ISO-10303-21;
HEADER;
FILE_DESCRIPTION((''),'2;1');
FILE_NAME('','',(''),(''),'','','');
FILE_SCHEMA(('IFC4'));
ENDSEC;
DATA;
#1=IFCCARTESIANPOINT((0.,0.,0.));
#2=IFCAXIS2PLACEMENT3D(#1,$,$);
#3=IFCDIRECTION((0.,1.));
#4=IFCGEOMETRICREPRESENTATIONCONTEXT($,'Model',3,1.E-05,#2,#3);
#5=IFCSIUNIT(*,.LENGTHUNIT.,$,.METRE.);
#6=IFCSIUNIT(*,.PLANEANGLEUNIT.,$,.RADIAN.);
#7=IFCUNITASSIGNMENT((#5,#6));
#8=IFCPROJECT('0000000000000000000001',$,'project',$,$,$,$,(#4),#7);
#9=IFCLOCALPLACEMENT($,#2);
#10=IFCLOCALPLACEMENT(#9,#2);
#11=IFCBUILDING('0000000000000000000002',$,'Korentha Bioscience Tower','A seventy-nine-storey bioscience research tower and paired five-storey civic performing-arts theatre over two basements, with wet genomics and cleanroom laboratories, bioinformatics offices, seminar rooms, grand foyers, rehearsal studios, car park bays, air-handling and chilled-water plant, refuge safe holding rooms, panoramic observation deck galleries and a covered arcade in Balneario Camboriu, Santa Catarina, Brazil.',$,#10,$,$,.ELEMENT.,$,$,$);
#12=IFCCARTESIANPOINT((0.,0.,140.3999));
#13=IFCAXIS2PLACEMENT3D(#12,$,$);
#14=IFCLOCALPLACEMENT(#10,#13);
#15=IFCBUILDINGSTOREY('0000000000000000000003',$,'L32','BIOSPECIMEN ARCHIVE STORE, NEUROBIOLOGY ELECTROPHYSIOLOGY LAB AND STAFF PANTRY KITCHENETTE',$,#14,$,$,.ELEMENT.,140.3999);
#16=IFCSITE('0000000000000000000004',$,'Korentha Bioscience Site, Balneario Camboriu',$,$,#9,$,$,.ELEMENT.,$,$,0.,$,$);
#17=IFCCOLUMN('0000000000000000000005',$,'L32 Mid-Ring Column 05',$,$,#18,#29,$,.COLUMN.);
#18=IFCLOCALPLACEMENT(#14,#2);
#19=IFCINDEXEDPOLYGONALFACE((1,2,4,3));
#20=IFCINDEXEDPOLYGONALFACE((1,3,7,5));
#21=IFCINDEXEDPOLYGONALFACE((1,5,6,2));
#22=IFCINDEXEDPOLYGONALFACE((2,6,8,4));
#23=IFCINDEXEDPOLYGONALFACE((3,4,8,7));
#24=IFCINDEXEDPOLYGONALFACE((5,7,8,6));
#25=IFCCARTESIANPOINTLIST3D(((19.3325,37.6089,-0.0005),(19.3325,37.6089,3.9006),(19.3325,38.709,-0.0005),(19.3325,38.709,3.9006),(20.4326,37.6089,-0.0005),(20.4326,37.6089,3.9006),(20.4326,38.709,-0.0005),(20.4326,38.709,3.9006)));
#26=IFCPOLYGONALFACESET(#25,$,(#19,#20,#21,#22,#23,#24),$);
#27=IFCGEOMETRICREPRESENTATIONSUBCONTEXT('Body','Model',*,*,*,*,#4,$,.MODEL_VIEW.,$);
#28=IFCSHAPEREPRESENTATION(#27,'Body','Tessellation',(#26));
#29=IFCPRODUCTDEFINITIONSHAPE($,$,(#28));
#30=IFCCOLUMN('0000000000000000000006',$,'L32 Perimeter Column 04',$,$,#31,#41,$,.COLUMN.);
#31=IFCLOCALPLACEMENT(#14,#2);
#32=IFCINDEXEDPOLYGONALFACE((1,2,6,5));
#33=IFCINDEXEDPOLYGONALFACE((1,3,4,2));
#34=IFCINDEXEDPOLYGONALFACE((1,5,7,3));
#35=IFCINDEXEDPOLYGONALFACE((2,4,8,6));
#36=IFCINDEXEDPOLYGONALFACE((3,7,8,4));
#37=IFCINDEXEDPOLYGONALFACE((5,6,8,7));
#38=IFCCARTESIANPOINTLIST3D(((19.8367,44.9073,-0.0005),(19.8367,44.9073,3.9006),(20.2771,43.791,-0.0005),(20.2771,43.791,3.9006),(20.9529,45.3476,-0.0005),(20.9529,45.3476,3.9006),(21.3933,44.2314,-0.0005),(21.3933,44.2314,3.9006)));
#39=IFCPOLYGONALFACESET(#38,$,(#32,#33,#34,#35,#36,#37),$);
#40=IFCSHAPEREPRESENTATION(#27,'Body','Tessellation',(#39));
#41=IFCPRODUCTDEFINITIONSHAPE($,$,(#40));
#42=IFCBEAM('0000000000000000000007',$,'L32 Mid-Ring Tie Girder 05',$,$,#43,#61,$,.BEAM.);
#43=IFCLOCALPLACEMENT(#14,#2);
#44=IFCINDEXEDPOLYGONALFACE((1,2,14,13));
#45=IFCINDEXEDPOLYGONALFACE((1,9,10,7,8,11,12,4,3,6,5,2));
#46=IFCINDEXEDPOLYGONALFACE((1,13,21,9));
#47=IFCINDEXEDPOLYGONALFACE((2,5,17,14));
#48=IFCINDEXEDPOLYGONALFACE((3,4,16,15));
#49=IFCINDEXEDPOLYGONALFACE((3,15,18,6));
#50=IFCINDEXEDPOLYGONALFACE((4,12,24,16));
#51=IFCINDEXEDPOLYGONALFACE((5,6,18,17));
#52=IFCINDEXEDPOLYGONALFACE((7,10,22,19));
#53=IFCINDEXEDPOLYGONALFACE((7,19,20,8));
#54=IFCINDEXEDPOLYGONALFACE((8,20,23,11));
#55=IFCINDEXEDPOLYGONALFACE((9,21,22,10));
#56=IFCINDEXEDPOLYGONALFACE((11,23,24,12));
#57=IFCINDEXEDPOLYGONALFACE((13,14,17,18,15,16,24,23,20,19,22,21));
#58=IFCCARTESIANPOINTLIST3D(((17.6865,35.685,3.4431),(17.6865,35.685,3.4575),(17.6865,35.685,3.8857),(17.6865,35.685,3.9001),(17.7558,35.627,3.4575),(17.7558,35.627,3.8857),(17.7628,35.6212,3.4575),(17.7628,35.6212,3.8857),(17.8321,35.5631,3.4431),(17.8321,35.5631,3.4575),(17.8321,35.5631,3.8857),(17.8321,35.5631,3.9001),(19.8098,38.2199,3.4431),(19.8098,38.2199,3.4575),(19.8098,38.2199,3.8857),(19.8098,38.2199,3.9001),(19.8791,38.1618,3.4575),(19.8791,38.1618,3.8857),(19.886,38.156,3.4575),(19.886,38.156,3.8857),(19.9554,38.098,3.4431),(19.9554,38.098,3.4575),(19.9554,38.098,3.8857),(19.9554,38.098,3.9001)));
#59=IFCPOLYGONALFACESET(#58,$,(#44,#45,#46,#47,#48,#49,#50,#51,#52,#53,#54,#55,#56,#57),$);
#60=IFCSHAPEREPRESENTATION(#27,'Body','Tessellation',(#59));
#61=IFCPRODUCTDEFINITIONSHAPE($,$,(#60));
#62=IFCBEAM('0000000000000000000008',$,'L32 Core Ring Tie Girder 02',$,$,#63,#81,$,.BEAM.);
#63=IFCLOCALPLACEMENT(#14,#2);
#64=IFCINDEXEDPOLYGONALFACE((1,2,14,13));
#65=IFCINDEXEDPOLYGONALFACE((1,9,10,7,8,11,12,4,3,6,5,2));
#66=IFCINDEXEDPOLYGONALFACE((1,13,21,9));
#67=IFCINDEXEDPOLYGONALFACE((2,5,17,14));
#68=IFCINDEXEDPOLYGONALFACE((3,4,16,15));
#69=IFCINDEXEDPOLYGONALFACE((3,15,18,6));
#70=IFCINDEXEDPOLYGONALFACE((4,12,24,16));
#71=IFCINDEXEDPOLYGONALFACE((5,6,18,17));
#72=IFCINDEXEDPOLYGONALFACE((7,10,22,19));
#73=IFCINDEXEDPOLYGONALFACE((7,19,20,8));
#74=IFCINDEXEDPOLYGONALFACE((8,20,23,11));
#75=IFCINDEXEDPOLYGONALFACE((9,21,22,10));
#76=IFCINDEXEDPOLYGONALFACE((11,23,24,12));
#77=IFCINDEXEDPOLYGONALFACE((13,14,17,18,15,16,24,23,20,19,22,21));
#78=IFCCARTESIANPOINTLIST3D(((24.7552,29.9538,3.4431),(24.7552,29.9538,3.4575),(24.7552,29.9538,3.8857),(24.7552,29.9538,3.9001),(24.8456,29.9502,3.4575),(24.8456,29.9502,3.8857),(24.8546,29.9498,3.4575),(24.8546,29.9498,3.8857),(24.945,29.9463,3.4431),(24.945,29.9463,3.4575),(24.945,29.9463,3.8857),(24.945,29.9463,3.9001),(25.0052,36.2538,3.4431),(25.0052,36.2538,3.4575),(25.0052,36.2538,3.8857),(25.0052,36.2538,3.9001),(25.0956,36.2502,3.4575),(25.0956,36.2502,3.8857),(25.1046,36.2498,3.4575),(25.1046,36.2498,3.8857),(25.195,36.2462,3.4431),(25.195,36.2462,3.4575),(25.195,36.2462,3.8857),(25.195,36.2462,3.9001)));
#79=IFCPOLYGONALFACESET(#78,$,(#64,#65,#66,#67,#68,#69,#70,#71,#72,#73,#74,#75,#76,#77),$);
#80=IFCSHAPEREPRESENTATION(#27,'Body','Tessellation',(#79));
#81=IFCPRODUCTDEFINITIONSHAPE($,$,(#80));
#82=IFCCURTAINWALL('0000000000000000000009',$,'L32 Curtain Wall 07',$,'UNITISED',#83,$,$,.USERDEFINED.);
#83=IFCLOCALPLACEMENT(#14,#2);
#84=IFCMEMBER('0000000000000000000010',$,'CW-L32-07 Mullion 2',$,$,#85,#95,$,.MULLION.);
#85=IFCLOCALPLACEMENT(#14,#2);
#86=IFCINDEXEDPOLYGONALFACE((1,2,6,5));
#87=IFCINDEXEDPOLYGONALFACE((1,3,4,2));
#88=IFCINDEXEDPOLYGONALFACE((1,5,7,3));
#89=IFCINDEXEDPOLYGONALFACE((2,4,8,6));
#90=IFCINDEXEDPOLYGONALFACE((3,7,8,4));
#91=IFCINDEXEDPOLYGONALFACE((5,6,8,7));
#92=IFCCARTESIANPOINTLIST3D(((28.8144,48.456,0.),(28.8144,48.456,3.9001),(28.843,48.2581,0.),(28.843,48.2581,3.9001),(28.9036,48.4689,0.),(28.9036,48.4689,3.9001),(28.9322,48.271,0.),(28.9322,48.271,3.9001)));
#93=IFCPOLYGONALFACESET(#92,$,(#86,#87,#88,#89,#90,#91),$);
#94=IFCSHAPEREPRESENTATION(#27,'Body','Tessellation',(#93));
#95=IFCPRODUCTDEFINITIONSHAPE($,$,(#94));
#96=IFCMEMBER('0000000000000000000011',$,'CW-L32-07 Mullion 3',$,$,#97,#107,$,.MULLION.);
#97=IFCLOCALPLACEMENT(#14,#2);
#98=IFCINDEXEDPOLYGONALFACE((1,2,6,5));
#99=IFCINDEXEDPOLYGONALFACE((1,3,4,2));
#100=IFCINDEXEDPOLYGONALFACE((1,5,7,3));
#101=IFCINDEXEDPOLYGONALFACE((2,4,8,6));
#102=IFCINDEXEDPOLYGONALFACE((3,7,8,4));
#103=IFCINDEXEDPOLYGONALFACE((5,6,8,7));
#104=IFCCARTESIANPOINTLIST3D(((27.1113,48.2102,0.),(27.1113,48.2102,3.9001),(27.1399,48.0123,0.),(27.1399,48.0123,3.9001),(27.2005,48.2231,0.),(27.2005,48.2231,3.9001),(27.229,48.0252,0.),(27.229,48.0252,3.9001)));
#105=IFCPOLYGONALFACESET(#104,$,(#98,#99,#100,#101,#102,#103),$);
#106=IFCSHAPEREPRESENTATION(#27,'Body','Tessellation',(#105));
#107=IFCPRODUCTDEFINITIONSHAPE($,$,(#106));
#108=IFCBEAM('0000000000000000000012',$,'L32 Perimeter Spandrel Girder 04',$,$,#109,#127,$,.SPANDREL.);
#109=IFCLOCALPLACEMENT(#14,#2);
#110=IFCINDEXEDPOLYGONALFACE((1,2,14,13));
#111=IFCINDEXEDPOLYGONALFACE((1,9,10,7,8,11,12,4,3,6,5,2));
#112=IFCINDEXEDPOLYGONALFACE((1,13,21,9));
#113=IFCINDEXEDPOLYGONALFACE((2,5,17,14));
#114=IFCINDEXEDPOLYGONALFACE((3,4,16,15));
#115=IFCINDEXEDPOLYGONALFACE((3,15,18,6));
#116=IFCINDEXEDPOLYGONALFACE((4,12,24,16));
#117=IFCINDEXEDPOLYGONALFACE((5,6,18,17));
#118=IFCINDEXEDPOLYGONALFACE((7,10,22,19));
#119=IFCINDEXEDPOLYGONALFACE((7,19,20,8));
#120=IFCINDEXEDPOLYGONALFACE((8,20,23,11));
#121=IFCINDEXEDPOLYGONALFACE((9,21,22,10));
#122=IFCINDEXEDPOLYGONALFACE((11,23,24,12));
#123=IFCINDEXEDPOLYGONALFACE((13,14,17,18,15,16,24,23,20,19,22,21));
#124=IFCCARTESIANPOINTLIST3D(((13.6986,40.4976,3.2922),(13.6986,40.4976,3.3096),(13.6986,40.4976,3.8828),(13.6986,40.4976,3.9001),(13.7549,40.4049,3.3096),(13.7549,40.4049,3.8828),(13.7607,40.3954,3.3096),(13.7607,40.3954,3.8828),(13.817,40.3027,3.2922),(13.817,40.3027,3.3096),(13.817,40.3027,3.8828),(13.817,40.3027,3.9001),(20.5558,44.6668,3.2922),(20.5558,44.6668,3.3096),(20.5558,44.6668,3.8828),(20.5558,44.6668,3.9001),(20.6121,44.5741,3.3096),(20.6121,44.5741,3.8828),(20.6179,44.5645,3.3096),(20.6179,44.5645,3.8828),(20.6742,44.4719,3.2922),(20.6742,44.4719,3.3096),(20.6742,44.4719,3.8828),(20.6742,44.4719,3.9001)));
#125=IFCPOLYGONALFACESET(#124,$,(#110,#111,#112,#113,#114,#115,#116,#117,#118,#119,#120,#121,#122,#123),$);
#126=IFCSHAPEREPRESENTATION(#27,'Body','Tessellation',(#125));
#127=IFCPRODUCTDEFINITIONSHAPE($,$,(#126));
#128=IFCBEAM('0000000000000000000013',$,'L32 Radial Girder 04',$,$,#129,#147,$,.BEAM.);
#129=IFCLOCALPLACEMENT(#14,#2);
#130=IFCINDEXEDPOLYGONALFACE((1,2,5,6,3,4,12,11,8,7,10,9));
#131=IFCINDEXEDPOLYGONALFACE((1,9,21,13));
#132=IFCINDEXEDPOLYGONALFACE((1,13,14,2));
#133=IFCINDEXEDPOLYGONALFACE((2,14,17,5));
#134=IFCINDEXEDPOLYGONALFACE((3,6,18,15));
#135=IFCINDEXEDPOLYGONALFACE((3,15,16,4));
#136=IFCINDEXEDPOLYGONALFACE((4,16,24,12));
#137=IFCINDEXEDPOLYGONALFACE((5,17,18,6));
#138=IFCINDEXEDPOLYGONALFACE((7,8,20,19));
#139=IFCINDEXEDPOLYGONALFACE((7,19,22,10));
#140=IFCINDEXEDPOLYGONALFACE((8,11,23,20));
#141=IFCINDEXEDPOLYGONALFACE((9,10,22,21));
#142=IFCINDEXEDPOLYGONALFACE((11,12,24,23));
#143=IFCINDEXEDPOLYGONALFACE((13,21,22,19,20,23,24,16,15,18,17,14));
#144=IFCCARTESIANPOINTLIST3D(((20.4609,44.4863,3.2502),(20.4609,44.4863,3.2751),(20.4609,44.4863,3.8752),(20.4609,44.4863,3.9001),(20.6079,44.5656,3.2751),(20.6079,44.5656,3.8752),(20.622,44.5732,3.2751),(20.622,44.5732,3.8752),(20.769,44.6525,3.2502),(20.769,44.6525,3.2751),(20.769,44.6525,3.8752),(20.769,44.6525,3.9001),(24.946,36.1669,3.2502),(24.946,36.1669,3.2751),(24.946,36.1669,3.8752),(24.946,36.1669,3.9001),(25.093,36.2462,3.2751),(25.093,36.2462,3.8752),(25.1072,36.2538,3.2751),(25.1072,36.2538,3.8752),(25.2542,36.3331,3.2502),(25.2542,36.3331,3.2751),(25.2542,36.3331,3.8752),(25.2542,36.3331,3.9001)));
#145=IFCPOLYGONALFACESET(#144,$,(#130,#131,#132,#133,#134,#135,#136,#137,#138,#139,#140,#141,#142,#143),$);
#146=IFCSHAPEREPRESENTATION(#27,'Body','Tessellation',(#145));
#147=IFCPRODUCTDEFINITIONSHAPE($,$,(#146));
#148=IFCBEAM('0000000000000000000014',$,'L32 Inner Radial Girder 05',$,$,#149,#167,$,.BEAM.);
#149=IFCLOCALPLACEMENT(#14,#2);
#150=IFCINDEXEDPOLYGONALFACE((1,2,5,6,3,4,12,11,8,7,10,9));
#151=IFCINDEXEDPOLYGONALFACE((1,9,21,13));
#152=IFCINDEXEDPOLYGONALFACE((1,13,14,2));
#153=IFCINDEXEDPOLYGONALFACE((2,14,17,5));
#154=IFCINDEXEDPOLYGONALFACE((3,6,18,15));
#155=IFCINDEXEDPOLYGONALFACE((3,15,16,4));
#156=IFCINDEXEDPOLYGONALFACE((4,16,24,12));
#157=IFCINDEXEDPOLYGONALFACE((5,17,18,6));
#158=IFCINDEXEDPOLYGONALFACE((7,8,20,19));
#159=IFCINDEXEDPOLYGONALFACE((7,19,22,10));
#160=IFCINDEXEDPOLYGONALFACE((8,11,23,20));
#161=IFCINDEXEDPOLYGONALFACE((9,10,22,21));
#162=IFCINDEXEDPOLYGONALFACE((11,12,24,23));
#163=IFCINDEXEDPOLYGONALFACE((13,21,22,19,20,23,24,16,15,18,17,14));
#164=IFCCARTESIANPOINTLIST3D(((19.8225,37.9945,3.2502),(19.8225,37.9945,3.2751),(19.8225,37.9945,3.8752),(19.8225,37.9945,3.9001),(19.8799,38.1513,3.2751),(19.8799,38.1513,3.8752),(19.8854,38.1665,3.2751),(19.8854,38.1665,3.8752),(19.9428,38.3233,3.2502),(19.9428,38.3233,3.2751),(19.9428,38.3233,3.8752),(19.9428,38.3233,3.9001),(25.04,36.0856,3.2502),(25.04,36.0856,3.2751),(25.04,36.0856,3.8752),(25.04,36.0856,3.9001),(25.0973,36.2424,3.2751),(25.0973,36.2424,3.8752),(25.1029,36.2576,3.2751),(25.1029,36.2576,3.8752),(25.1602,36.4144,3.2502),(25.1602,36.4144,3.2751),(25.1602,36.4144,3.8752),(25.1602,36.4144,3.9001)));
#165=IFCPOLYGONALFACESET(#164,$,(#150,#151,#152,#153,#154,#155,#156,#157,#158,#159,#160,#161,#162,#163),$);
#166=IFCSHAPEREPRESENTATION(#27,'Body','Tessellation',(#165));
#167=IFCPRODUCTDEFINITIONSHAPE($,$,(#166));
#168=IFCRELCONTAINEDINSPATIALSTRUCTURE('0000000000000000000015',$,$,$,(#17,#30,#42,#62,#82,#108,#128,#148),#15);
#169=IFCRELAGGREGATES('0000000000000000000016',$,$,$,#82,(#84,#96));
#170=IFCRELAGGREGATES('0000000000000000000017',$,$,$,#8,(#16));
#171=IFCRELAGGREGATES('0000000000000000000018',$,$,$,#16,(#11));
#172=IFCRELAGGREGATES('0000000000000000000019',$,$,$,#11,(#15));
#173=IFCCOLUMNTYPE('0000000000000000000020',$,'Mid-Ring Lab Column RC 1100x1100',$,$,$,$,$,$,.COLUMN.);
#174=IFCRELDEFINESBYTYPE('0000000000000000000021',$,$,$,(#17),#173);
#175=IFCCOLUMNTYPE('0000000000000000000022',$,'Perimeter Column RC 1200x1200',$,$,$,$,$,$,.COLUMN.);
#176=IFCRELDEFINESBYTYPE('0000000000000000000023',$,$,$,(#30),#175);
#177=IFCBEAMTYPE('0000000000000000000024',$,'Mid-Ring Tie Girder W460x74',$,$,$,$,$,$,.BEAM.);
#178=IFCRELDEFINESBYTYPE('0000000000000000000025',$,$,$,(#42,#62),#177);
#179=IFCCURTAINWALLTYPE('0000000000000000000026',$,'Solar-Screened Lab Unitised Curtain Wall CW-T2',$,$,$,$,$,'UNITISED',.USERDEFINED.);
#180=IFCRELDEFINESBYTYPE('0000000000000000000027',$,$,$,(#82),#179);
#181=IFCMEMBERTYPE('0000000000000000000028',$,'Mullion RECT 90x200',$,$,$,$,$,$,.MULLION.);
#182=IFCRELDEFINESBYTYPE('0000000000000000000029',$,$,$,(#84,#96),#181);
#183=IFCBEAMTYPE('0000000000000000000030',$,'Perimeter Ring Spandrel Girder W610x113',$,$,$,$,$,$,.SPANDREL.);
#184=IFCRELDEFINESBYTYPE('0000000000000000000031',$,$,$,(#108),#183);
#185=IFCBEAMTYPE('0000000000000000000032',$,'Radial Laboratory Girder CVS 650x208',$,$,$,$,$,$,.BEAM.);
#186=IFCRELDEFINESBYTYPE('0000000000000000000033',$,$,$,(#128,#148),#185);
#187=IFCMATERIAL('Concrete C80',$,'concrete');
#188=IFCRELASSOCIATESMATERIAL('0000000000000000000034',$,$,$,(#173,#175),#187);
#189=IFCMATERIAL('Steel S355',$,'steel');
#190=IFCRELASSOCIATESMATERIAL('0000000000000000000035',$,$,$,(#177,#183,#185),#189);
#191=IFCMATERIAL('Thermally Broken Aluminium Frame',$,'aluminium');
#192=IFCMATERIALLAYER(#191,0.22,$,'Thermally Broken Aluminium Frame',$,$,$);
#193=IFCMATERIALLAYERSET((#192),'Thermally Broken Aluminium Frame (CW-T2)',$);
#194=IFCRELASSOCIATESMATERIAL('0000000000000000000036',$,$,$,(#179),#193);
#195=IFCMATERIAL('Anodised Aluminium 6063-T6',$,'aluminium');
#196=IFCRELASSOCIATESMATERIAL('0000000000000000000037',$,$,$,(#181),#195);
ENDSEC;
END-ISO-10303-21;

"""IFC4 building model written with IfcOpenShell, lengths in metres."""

from ifc_helpers import new_model, si_unit, direction, frame, origin, origin_2d, place, context, subcontext, project, spatial, rectangle, i_section, extrude, material, layer, layer_set, material_profile, profile_set, type_object, element, aggregate, save


model = new_model("IFC4")

# Units and contexts
model_context = context("Model", 3, precision=1e-05, world=origin(), true_north=direction((0.0, 1.0)))
body_context = subcontext(model_context, "Body", "Model", "MODEL_VIEW")
ifc_project = project(units=[si_unit("LENGTHUNIT", "METRE"), si_unit("PLANEANGLEUNIT", "RADIAN")], contexts=[model_context])

# Site, building, storey
site_placement = place(None, origin())
site = spatial("IfcSite", under=ifc_project, at=site_placement, Name="Korentha Bioscience Site, Balneario Camboriu", CompositionType="ELEMENT", RefElevation=0.0)
building_placement = place(site_placement, origin())
building = spatial("IfcBuilding", under=site, at=building_placement, Name="Korentha Bioscience Tower", Description="A seventy-nine-storey bioscience research tower and paired five-storey civic performing-arts theatre over two basements, with wet genomics and cleanroom laboratories, bioinformatics offices, seminar rooms, grand foyers, rehearsal studios, car park bays, air-handling and chilled-water plant, refuge safe holding rooms, panoramic observation deck galleries and a covered arcade in Balneario Camboriu, Santa Catarina, Brazil.", CompositionType="ELEMENT")
storey_placement = place(building_placement, frame((0.0, 0.0, 140.3999)))
storey = spatial("IfcBuildingStorey", under=building, at=storey_placement, Name="L32", Description="BIOSPECIMEN ARCHIVE STORE, NEUROBIOLOGY ELECTROPHYSIOLOGY LAB AND STAFF PANTRY KITCHENETTE", CompositionType="ELEMENT", Elevation=140.3999)

# Columns
ifc_material_1 = material(Name="Concrete C80", Category="concrete")
ifc_material_profile_1 = material_profile(ifc_material_1, rectangle(XDim=1.1001, YDim=1.1001, at=origin_2d()), Name="Concrete C80")
ifc_profile_set_1 = profile_set([ifc_material_profile_1], Name="Concrete C80 (COL-MR11)")
column_type_1 = type_object("IfcColumnType", Name="Mid-Ring Lab Column RC 1100x1100", PredefinedType="COLUMN", material=ifc_profile_set_1)
column_1_placement = place(storey_placement, frame((19.8826, 38.1589, -0.0005), z_axis=(0.0, 0.0, 1.0), x_axis=(1.0, 0.0, 0.0)))
element("IfcColumn", 1, at=column_1_placement, inside=storey, type_object=column_type_1, Name="L32 Mid-Ring Column 05", PredefinedType="COLUMN", context=body_context, shape_type="SweptSolid", body=[
    extrude(rectangle(XDim=1.1001, YDim=1.1001, at=origin_2d()), origin(), (0.0, 0.0, 1.0), 3.9011),
])
ifc_material_profile_2 = material_profile(ifc_material_1, rectangle(XDim=1.2, YDim=1.2, at=origin_2d()), Name="Concrete C80")
ifc_profile_set_2 = profile_set([ifc_material_profile_2], Name="Concrete C80 (COL-P12)")
column_type_2 = type_object("IfcColumnType", Name="Perimeter Column RC 1200x1200", PredefinedType="COLUMN", material=ifc_profile_set_2)
column_2_placement = place(storey_placement, frame((20.615, 44.5693, -0.0005), z_axis=(0.0, 0.0, 1.0), x_axis=(0.930226, 0.366988, 0.0)))
element("IfcColumn", 2, at=column_2_placement, inside=storey, type_object=column_type_2, Name="L32 Perimeter Column 04", PredefinedType="COLUMN", context=body_context, shape_type="SweptSolid", body=[
    extrude(rectangle(XDim=1.2, YDim=1.2, at=origin_2d()), origin(), (0.0, 0.0, 1.0), 3.9011),
])

# Beams
ifc_material_2 = material(Name="Steel S355", Category="steel")
ifc_material_profile_3 = material_profile(ifc_material_2, i_section(OverallWidth=0.1899, OverallDepth=0.457, WebThickness=0.009, FlangeThickness=0.0144, at=origin_2d()), Name="Steel S355")
ifc_profile_set_3 = profile_set([ifc_material_profile_3], Name="Steel S355 (MB-460)")
beam_type_1 = type_object("IfcBeamType", Name="Mid-Ring Tie Girder W460x74", PredefinedType="BEAM", material=ifc_profile_set_3)
beam_1_placement = place(storey_placement, frame((19.8826, 38.1589, 3.6716), z_axis=(-0.642121, -0.766603, 0.0), x_axis=(0.766603, -0.642121, 0.0)))
element("IfcBeam", 3, at=beam_1_placement, inside=storey, type_object=beam_type_1, Name="L32 Mid-Ring Tie Girder 05", PredefinedType="BEAM", context=body_context, shape_type="SweptSolid", body=[
    extrude(i_section(OverallWidth=0.1899, OverallDepth=0.457, WebThickness=0.009, FlangeThickness=0.0144, at=origin_2d()), origin(), (0.0, 0.0, 1.0), 3.3066),
])
beam_2_placement = place(storey_placement, frame((25.1001, 36.25, 3.6716), z_axis=(-0.039651, -0.999214, 0.0), x_axis=(0.999214, -0.039651, 0.0)))
element("IfcBeam", 4, at=beam_2_placement, inside=storey, type_object=beam_type_1, Name="L32 Core Ring Tie Girder 02", PredefinedType="BEAM", context=body_context, shape_type="SweptSolid", body=[
    extrude(i_section(OverallWidth=0.1899, OverallDepth=0.457, WebThickness=0.009, FlangeThickness=0.0144, at=origin_2d()), origin(), (0.0, 0.0, 1.0), 6.3049),
])

# Curtain wall, members
ifc_material_3 = material(Name="Thermally Broken Aluminium Frame", Category="aluminium")
ifc_layer_1 = layer(ifc_material_3, 0.22, Name="Thermally Broken Aluminium Frame")
ifc_layer_set_1 = layer_set([ifc_layer_1], Name="Thermally Broken Aluminium Frame (CW-T2)")
curtain_wall_type = type_object("IfcCurtainWallType", Name="Solar-Screened Lab Unitised Curtain Wall CW-T2", ElementType="UNITISED", PredefinedType="USERDEFINED", material=ifc_layer_set_1)
curtain_wall_placement = place(storey_placement, origin())
curtain_wall = element("IfcCurtainWall", 5, at=curtain_wall_placement, inside=storey, type_object=curtain_wall_type, Name="L32 Curtain Wall 07", ObjectType="UNITISED", PredefinedType="USERDEFINED")
ifc_material_4 = material(Name="Anodised Aluminium 6063-T6", Category="aluminium")
ifc_material_profile_4 = material_profile(ifc_material_4, rectangle(XDim=0.0901, YDim=0.2, at=origin_2d()), Name="Anodised Aluminium 6063-T6")
ifc_profile_set_4 = profile_set([ifc_material_profile_4], Name="Anodised Aluminium 6063-T6 (CW-MUL)")
member_type_1 = type_object("IfcMemberType", Name="Mullion RECT 90x200", PredefinedType="MULLION", material=ifc_profile_set_4)
member_1_placement = place(storey_placement, frame((28.8733, 48.3635, 0.0), z_axis=(0.0, 0.0, 1.0), x_axis=(-0.989738, -0.142892, 0.0)))
member_1 = element("IfcMember", 6, at=member_1_placement, type_object=member_type_1, Name="CW-L32-07 Mullion 2", PredefinedType="MULLION", context=body_context, shape_type="SweptSolid", body=[
    extrude(rectangle(XDim=0.0901, YDim=0.2, at=origin_2d()), origin(), (0.0, 0.0, 1.0), 3.9001),
])
member_2_placement = place(storey_placement, frame((27.1702, 48.1177, 0.0), z_axis=(0.0, 0.0, 1.0), x_axis=(-0.989738, -0.142892, 0.0)))
member_2 = element("IfcMember", 7, at=member_2_placement, type_object=member_type_1, Name="CW-L32-07 Mullion 3", PredefinedType="MULLION", context=body_context, shape_type="SweptSolid", body=[
    extrude(rectangle(XDim=0.0901, YDim=0.2, at=origin_2d()), origin(), (0.0, 0.0, 1.0), 3.9001),
])

# Beams
ifc_material_profile_5 = material_profile(ifc_material_2, i_section(OverallWidth=0.228, OverallDepth=0.6079, WebThickness=0.0112, FlangeThickness=0.0173, at=origin_2d()), Name="Steel S355")
ifc_profile_set_5 = profile_set([ifc_material_profile_5], Name="Steel S355 (SB-610)")
beam_type_2 = type_object("IfcBeamType", Name="Perimeter Ring Spandrel Girder W610x113", PredefinedType="SPANDREL", material=ifc_profile_set_5)
beam_3_placement = place(storey_placement, frame((20.615, 44.5693, 3.5962), z_axis=(-0.854461, -0.519515, 0.0), x_axis=(0.519515, -0.854461, 0.0)))
element("IfcBeam", 8, at=beam_3_placement, inside=storey, type_object=beam_type_2, Name="L32 Perimeter Spandrel Girder 04", PredefinedType="SPANDREL", context=body_context, shape_type="SweptSolid", body=[
    extrude(i_section(OverallWidth=0.228, OverallDepth=0.6079, WebThickness=0.0112, FlangeThickness=0.0173, at=origin_2d()), origin(), (0.0, 0.0, 1.0), 8.0251),
])
ifc_material_profile_6 = material_profile(ifc_material_2, i_section(OverallWidth=0.3501, OverallDepth=0.6499, WebThickness=0.0161, FlangeThickness=0.0249, at=origin_2d()), Name="Steel S355")
ifc_profile_set_6 = profile_set([ifc_material_profile_6], Name="Steel S355 (RB-650)")
beam_type_3 = type_object("IfcBeamType", Name="Radial Laboratory Girder CVS 650x208", PredefinedType="BEAM", material=ifc_profile_set_6)
beam_4_placement = place(storey_placement, frame((25.1001, 36.25, 3.5752), z_axis=(-0.474548, 0.88023, 0.0), x_axis=(-0.88023, -0.474548, 0.0)))
element("IfcBeam", 9, at=beam_4_placement, inside=storey, type_object=beam_type_3, Name="L32 Radial Girder 04", PredefinedType="BEAM", context=body_context, shape_type="SweptSolid", body=[
    extrude(i_section(OverallWidth=0.3501, OverallDepth=0.6499, WebThickness=0.0161, FlangeThickness=0.0249, at=origin_2d()), origin(), (0.0, 0.0, 1.0), 9.4514),
])
beam_5_placement = place(storey_placement, frame((25.1001, 36.25, 3.5752), z_axis=(-0.939118, 0.343595, 0.0), x_axis=(-0.343595, -0.939118, 0.0)))
element("IfcBeam", 10, at=beam_5_placement, inside=storey, type_object=beam_type_3, Name="L32 Inner Radial Girder 05", PredefinedType="BEAM", context=body_context, shape_type="SweptSolid", body=[
    extrude(i_section(OverallWidth=0.3501, OverallDepth=0.6499, WebThickness=0.0161, FlangeThickness=0.0249, at=origin_2d()), origin(), (0.0, 0.0, 1.0), 5.5557),
])

aggregate(curtain_wall, [member_1, member_2])

save(model, "model.ifc")
